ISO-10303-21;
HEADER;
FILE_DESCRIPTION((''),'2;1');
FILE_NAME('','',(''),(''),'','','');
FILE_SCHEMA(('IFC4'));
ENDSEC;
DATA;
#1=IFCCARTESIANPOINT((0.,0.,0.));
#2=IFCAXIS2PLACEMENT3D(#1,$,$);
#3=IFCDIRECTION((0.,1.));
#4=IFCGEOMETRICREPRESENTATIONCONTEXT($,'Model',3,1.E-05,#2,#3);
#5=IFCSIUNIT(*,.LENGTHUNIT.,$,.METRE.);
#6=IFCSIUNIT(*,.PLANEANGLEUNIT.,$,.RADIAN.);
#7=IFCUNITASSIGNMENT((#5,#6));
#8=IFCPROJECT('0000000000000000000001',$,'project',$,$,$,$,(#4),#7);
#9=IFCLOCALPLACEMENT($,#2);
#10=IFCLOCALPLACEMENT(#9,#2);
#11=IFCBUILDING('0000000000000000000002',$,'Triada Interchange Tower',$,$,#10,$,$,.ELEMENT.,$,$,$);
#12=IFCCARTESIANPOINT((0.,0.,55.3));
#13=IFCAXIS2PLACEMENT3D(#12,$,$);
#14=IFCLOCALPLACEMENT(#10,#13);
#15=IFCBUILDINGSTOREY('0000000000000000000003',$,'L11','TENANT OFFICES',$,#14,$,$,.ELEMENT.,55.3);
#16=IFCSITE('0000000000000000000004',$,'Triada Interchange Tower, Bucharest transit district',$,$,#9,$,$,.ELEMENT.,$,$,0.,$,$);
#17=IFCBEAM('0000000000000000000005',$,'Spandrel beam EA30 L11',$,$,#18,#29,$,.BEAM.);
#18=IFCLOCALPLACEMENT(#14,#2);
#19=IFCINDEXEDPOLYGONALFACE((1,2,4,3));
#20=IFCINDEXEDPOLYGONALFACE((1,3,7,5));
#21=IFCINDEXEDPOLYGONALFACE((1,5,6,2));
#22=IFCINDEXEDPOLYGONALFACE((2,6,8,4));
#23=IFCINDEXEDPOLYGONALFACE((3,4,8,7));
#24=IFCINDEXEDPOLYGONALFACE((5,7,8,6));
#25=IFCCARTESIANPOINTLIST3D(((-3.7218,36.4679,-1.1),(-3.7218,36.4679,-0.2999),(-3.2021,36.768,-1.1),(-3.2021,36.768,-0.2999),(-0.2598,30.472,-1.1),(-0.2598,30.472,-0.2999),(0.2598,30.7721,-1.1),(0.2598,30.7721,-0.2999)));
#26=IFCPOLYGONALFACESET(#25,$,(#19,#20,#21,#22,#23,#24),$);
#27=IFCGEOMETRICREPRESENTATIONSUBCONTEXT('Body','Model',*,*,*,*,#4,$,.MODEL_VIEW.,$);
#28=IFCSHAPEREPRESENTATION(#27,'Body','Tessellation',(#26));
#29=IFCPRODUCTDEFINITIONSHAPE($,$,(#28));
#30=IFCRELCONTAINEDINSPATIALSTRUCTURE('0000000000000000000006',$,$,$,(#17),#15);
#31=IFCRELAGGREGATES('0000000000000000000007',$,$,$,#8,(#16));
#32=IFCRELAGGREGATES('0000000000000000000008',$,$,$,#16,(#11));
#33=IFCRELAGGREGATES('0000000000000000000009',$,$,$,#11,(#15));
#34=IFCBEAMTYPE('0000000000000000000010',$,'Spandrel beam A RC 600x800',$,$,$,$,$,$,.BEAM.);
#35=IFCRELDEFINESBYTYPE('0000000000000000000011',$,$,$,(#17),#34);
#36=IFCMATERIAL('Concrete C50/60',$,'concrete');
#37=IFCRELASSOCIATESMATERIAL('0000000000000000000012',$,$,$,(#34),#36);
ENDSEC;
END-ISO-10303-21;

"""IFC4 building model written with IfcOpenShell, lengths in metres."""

from ifc_helpers import new_model, si_unit, direction, frame, origin, origin_2d, place, context, subcontext, project, spatial, rectangle, extrude, material, material_profile, profile_set, type_object, element, save


model = new_model("IFC4")

# Units and contexts
model_context = context("Model", 3, precision=1e-05, world=origin(), true_north=direction((0.0, 1.0)))
body_context = subcontext(model_context, "Body", "Model", "MODEL_VIEW")
ifc_project = project(units=[si_unit("LENGTHUNIT", "METRE"), si_unit("PLANEANGLEUNIT", "RADIAN")], contexts=[model_context])

# Site, building, storey
site_placement = place(None, origin())
site = spatial("IfcSite", under=ifc_project, at=site_placement, Name="Triada Interchange Tower, Bucharest transit district", CompositionType="ELEMENT", RefElevation=0.0)
building_placement = place(site_placement, origin())
building = spatial("IfcBuilding", under=site, at=building_placement, Name="Triada Interchange Tower", CompositionType="ELEMENT")
storey_placement = place(building_placement, frame((0.0, 0.0, 55.3)))
storey = spatial("IfcBuildingStorey", under=building, at=storey_placement, Name="L11", Description="TENANT OFFICES", CompositionType="ELEMENT", Elevation=55.3)

# Beam
ifc_material_1 = material(Name="Concrete C50/60", Category="concrete")
ifc_material_profile_1 = material_profile(ifc_material_1, rectangle(XDim=0.6001, YDim=0.8, at=origin_2d()), Name="RC 600x800")
ifc_profile_set_1 = profile_set([ifc_material_profile_1], Name="Concrete C50/60")
beam_type_1 = type_object("IfcBeamType", Name="Spandrel beam A RC 600x800", PredefinedType="BEAM", material=ifc_profile_set_1)
beam_1_placement = place(storey_placement, frame((0.0, 30.6221, -0.7), z_axis=(-0.500023, 0.866012, 0.0), x_axis=(-0.866012, -0.500023, 0.0)))
element("IfcBeam", 1, at=beam_1_placement, inside=storey, type_object=beam_type_1, Name="Spandrel beam EA30 L11", PredefinedType="BEAM", context=body_context, shape_type="SweptSolid", body=[
    extrude(rectangle(XDim=0.6001, YDim=0.8, at=origin_2d()), origin(), (0.0, 0.0, 1.0), 6.9236),
])

save(model, "model.ifc")
